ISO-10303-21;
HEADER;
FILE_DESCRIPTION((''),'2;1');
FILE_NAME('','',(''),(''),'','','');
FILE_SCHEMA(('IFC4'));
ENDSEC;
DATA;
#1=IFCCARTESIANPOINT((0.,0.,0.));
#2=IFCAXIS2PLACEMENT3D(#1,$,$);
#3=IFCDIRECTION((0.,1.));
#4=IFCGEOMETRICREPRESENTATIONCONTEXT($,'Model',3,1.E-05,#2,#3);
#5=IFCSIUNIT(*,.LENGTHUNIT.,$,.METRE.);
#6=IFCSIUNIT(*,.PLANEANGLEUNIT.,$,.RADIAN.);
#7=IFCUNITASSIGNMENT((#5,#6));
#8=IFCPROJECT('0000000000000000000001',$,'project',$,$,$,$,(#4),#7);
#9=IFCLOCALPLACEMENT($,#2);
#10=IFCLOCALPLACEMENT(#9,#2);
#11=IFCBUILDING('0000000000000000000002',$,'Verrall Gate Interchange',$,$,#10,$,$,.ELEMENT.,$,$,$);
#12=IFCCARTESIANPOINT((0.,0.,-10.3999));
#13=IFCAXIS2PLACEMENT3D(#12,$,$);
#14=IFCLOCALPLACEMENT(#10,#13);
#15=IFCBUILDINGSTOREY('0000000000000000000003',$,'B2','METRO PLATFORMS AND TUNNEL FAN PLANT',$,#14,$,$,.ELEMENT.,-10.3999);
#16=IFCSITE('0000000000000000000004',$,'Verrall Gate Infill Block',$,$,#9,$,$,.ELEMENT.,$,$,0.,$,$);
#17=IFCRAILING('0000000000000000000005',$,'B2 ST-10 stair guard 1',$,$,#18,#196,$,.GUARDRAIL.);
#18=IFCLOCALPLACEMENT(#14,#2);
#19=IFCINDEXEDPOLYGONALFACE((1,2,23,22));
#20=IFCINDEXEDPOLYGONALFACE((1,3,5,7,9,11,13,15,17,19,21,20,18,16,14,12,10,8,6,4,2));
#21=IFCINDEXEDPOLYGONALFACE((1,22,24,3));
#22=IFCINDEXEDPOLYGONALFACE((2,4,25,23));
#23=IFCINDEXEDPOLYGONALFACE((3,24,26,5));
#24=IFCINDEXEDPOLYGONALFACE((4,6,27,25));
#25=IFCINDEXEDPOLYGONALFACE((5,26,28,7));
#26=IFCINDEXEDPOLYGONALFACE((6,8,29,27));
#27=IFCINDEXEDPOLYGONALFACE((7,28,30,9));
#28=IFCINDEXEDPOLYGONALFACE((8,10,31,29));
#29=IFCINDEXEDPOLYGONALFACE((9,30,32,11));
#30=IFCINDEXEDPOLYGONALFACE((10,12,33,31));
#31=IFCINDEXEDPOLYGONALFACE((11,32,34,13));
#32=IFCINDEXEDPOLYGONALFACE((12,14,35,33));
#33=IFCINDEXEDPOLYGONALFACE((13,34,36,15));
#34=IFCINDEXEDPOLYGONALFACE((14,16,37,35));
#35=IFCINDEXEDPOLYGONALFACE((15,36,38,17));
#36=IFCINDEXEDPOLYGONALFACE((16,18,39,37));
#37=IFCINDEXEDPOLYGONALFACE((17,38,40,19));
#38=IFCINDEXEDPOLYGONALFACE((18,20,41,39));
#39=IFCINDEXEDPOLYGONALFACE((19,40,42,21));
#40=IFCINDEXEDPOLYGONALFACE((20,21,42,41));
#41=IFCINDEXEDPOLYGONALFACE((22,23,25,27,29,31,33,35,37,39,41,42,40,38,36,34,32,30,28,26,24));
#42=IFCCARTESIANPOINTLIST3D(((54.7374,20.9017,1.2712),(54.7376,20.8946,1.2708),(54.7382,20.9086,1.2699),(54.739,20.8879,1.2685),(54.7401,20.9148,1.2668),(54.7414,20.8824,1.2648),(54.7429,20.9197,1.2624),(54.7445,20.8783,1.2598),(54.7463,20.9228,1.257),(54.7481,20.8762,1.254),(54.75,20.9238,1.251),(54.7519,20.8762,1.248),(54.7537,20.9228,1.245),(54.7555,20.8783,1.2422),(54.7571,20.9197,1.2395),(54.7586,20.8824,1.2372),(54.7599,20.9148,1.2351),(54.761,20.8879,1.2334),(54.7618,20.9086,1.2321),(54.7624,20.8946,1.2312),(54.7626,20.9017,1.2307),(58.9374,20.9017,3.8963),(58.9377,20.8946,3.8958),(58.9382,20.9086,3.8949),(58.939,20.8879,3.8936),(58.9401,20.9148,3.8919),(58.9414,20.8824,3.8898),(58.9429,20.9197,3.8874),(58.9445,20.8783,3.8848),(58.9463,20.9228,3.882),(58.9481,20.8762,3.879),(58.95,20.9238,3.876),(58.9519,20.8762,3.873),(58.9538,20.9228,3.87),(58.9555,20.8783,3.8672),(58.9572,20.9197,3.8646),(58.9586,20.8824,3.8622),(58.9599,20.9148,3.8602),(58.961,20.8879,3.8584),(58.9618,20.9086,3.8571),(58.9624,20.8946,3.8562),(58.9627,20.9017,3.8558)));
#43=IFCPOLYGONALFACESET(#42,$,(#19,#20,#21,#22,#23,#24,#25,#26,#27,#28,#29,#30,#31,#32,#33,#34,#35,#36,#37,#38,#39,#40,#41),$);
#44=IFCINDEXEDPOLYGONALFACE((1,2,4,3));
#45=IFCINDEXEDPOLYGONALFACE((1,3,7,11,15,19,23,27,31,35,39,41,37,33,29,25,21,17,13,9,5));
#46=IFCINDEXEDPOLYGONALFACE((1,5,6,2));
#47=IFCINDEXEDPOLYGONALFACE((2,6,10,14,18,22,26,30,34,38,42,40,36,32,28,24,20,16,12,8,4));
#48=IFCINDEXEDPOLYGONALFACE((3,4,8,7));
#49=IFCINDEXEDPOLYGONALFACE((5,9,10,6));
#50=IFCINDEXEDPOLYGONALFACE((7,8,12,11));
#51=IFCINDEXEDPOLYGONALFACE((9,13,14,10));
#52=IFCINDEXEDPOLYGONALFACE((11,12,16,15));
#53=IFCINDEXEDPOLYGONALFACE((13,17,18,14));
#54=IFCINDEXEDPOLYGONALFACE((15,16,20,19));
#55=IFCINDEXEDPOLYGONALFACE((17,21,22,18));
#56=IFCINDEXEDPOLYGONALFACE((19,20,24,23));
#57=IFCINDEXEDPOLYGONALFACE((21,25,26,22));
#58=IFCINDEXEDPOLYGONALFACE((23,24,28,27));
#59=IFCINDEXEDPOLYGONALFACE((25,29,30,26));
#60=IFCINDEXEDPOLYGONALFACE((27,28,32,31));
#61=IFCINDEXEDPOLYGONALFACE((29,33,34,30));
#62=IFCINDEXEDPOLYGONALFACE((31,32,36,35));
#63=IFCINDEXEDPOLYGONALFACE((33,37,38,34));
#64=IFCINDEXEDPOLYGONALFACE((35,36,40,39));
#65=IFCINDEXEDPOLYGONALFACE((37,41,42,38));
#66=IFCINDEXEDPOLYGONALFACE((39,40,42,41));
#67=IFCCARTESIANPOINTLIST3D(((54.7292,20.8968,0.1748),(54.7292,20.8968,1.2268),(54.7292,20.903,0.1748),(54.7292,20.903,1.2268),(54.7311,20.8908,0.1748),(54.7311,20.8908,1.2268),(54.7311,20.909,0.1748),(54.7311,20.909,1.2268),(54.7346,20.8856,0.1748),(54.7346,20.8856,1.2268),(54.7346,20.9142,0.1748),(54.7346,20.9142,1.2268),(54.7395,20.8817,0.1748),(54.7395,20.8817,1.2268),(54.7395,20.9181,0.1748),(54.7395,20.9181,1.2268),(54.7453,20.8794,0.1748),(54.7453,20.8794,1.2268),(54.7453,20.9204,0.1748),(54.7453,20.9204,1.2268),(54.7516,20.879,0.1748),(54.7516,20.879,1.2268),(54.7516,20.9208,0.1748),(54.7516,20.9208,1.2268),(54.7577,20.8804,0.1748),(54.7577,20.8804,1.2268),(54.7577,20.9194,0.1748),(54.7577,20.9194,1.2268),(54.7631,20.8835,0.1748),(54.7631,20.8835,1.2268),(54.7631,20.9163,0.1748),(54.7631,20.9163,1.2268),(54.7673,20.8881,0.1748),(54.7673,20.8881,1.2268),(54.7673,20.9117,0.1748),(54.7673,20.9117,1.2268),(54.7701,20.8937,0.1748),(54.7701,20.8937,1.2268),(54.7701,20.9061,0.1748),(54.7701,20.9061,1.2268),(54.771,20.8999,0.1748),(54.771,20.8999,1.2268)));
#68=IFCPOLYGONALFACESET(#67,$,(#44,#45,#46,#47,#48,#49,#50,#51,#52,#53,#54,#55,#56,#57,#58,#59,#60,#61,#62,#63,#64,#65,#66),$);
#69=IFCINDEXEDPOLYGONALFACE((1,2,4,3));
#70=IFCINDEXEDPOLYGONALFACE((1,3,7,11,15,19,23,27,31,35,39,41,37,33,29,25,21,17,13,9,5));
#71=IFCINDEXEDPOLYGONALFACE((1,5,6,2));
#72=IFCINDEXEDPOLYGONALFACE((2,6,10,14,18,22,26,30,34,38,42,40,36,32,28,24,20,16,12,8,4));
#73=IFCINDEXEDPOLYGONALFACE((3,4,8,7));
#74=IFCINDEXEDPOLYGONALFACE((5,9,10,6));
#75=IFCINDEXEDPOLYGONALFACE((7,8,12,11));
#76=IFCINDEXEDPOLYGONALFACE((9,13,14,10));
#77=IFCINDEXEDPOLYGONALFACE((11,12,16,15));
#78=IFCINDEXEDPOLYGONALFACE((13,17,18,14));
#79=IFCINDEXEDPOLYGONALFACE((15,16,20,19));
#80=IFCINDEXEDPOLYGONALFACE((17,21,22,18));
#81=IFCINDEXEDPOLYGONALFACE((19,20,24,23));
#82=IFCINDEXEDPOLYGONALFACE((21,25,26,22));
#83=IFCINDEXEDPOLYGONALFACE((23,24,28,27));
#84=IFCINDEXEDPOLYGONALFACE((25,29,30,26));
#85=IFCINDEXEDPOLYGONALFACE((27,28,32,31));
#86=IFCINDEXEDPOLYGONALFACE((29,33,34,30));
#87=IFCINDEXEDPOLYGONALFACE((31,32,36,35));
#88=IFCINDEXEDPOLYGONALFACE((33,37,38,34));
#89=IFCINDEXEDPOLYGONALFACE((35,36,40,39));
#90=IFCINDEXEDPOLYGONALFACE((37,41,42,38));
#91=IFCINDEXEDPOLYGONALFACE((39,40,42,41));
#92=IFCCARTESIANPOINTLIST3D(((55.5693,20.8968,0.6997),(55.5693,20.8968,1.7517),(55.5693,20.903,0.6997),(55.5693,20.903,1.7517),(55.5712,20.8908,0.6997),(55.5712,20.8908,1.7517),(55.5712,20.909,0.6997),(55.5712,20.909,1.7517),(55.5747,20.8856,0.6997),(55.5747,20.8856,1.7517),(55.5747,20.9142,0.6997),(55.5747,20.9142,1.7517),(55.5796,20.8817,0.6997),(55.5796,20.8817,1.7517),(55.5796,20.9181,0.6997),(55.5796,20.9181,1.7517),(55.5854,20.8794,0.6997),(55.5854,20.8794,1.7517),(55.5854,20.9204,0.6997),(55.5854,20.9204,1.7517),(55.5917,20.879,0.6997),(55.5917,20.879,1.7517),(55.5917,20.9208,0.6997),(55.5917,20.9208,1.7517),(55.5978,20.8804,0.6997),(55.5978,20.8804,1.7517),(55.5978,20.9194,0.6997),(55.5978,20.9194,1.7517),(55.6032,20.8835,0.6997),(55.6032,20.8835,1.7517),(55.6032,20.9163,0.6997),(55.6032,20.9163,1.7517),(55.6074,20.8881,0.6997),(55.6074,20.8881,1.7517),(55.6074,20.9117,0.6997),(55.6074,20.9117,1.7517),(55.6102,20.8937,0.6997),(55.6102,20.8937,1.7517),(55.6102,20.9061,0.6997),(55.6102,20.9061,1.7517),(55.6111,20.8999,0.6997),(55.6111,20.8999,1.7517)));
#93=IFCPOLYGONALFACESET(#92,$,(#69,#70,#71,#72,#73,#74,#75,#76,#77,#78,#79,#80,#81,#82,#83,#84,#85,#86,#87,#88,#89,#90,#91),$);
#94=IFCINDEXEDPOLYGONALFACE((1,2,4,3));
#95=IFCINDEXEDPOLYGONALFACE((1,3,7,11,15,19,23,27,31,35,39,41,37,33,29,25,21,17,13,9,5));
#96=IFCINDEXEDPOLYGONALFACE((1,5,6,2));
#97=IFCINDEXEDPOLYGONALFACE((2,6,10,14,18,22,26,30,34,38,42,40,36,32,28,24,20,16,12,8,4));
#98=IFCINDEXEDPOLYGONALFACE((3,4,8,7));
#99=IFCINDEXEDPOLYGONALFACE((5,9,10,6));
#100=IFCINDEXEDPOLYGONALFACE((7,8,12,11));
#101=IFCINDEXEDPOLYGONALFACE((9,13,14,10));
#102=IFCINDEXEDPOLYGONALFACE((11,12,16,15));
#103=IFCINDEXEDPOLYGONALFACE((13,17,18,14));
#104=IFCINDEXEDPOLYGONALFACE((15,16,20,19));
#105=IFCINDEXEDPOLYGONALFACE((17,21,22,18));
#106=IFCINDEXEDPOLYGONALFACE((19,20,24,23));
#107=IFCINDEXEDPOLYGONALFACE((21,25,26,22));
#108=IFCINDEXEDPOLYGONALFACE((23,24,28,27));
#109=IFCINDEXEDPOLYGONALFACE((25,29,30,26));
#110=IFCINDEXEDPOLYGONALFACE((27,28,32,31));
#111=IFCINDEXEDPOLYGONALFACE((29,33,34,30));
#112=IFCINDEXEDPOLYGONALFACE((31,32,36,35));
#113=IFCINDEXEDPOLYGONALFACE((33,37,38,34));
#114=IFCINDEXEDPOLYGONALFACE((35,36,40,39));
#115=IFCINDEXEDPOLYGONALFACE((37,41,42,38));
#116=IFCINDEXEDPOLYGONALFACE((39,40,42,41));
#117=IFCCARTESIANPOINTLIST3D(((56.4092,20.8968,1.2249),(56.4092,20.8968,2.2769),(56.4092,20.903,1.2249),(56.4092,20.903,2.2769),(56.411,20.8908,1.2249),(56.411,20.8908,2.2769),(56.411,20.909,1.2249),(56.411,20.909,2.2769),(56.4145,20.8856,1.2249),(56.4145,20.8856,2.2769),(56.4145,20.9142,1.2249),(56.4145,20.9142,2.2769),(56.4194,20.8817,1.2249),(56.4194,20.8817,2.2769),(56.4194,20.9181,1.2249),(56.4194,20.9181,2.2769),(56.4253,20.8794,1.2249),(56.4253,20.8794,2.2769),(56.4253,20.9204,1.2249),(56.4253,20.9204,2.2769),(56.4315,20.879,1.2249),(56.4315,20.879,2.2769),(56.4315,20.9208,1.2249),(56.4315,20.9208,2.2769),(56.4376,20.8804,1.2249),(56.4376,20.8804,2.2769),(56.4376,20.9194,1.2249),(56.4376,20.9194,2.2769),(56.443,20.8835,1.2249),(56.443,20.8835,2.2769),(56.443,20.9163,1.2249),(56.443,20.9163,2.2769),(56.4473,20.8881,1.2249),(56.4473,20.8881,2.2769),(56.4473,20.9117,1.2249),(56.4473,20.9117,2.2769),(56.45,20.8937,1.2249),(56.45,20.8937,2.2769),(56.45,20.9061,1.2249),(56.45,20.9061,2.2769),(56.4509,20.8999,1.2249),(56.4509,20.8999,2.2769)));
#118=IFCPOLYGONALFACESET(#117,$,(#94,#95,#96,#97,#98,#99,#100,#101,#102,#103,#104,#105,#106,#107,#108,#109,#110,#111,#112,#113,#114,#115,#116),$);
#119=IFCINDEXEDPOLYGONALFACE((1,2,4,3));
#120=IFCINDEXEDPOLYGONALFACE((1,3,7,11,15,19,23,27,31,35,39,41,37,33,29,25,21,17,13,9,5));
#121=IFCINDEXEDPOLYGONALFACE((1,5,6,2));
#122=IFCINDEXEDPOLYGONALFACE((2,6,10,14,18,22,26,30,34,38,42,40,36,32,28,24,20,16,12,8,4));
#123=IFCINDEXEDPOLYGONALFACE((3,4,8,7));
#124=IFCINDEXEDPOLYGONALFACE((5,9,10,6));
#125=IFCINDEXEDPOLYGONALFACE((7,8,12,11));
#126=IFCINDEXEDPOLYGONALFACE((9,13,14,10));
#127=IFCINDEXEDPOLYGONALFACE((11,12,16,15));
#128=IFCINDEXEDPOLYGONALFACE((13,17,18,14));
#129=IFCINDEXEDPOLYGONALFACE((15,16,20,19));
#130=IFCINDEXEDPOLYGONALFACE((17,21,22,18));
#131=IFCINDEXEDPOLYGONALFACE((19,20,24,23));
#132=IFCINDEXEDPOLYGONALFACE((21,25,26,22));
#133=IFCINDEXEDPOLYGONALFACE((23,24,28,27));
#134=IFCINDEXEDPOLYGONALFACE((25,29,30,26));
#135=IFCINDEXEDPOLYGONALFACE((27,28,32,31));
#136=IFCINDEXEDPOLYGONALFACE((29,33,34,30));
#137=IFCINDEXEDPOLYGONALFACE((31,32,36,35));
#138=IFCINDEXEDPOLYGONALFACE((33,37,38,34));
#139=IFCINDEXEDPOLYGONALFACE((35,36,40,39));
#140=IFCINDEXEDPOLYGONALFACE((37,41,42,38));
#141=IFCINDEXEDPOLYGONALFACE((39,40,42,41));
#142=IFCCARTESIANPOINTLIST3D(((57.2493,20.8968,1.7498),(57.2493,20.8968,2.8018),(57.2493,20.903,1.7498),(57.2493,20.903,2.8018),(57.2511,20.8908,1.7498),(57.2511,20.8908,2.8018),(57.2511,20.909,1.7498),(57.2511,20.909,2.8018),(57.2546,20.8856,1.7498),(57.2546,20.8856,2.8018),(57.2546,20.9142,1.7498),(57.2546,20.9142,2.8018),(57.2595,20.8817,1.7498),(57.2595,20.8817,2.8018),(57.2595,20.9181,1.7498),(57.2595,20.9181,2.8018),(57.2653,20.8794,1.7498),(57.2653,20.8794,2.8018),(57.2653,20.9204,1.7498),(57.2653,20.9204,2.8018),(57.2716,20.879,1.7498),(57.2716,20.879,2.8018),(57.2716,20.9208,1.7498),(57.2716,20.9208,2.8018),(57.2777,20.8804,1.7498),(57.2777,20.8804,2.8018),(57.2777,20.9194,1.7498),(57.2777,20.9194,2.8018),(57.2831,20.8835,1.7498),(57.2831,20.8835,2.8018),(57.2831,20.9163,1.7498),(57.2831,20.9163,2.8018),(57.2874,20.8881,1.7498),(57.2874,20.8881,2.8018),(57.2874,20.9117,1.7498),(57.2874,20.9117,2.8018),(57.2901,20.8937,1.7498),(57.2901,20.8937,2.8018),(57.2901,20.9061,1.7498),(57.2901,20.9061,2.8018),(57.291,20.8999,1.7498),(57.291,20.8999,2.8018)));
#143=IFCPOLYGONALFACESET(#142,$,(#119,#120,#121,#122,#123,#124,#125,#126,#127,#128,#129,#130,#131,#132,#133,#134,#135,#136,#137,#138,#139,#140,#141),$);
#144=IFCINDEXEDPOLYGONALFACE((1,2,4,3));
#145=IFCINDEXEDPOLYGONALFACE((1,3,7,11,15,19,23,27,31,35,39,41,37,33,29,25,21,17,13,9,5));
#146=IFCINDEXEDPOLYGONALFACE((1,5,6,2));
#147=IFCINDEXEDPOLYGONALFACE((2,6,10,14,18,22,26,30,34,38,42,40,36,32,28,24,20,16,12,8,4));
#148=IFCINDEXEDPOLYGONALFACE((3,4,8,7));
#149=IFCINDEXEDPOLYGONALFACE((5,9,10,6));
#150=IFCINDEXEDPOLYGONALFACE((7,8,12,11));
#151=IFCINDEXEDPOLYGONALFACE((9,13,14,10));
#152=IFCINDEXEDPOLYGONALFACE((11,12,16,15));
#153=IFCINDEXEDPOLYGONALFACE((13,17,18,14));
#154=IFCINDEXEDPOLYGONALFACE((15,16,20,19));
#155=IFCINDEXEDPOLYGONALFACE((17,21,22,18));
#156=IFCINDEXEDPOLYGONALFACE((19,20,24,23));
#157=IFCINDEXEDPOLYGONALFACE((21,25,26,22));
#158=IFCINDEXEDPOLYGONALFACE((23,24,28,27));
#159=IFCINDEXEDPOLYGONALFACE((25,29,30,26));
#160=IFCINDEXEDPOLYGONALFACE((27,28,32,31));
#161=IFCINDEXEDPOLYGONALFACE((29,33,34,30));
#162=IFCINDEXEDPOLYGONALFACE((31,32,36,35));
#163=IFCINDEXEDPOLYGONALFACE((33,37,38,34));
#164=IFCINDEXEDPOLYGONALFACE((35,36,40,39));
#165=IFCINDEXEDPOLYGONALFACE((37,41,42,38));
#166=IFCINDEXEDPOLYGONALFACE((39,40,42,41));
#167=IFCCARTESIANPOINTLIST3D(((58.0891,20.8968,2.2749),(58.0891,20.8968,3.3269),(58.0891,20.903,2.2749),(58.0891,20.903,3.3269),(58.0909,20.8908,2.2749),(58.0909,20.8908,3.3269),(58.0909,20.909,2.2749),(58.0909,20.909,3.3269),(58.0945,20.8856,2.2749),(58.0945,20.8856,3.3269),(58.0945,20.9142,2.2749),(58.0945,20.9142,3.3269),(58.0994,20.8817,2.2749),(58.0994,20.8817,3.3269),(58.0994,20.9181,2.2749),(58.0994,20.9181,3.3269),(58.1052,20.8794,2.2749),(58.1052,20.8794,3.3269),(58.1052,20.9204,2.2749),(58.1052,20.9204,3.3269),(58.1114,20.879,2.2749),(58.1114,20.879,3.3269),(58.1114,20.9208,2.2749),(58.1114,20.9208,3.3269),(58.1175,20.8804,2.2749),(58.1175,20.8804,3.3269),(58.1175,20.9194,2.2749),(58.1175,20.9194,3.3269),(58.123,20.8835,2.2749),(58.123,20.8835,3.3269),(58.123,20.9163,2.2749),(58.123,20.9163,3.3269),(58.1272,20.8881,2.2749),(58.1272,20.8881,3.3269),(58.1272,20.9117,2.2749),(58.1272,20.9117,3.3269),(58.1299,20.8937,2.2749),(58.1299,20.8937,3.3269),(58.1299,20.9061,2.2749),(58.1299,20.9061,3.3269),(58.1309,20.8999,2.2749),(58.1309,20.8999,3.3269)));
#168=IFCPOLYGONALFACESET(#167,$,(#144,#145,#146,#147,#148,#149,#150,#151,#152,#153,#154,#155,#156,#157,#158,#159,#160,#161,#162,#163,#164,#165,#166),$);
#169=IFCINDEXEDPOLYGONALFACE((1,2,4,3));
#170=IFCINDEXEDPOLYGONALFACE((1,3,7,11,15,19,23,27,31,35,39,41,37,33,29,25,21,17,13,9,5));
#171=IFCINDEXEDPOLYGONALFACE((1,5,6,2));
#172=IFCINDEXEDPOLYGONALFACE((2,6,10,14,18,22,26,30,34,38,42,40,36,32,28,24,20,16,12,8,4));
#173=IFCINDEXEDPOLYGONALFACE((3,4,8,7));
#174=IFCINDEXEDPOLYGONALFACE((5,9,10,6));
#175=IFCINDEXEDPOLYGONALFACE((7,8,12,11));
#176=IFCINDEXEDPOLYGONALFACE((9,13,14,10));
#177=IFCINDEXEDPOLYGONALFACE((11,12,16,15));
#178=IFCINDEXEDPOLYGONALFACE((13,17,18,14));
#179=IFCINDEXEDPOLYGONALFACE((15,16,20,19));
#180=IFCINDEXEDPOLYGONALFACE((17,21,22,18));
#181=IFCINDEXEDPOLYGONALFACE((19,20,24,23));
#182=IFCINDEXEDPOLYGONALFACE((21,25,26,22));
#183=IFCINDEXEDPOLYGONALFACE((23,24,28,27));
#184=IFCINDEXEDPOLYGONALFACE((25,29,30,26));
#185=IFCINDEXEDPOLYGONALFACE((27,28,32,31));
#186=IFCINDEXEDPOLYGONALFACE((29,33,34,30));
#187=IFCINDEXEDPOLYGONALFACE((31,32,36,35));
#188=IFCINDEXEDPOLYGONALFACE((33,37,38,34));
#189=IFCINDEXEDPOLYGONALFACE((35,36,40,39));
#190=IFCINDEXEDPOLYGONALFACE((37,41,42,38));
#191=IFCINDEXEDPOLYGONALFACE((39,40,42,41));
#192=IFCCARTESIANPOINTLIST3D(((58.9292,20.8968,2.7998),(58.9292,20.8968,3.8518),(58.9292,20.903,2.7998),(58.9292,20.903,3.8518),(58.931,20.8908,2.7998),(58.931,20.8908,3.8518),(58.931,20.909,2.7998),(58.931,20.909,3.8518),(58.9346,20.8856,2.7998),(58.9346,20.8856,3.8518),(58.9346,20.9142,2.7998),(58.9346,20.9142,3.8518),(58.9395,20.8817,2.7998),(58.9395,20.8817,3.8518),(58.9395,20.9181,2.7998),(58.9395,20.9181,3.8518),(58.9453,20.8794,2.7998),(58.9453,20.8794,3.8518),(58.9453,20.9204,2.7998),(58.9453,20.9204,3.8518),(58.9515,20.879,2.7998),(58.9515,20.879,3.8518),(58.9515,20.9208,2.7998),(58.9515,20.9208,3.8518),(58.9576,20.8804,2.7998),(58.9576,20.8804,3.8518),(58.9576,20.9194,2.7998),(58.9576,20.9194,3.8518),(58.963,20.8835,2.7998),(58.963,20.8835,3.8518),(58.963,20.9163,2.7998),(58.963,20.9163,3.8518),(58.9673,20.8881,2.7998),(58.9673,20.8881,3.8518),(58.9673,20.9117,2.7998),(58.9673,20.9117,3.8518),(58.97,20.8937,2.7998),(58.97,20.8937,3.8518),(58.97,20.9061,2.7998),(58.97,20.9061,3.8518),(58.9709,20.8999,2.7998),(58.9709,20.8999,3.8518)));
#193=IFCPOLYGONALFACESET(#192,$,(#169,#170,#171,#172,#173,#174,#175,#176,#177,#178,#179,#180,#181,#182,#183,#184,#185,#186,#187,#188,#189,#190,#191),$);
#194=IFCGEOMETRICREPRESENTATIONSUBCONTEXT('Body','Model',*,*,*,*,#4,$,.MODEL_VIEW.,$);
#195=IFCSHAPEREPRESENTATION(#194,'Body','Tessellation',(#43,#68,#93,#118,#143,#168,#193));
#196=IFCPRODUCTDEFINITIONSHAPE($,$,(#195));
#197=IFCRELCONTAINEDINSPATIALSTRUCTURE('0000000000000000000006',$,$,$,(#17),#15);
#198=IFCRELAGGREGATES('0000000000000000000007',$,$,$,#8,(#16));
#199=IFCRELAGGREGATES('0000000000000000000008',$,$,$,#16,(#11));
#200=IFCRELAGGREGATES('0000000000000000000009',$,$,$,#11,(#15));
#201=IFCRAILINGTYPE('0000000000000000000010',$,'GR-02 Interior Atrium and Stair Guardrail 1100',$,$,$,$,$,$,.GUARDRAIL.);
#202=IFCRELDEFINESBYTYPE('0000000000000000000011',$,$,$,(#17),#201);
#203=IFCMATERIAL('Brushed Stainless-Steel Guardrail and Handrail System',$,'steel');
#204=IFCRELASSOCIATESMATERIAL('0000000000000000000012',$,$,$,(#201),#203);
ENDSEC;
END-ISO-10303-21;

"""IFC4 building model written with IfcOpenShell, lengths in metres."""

from ifc_helpers import new_model, si_unit, direction, frame, origin, origin_2d, place, context, subcontext, project, spatial, circle, extrude, material, type_object, element, save


model = new_model("IFC4")

# Units and contexts
model_context = context("Model", 3, precision=1e-05, world=origin(), true_north=direction((0.0, 1.0)))
body_context = subcontext(model_context, "Body", "Model", "MODEL_VIEW")
ifc_project = project(units=[si_unit("LENGTHUNIT", "METRE"), si_unit("PLANEANGLEUNIT", "RADIAN")], contexts=[model_context])

# Site, building, storey
site_placement = place(None, origin())
site = spatial("IfcSite", under=ifc_project, at=site_placement, Name="Verrall Gate Infill Block", CompositionType="ELEMENT", RefElevation=0.0)
building_placement = place(site_placement, origin())
building = spatial("IfcBuilding", under=site, at=building_placement, Name="Verrall Gate Interchange", CompositionType="ELEMENT")
storey_placement = place(building_placement, frame((0.0, 0.0, -10.3999)))
storey = spatial("IfcBuildingStorey", under=building, at=storey_placement, Name="B2", Description="METRO PLATFORMS AND TUNNEL FAN PLANT", CompositionType="ELEMENT", Elevation=-10.3999)

# Railing
ifc_material_1 = material(Name="Brushed Stainless-Steel Guardrail and Handrail System", Category="steel")
railing_type_1 = type_object("IfcRailingType", Name="GR-02 Interior Atrium and Stair Guardrail 1100", PredefinedType="GUARDRAIL", material=ifc_material_1)
railing_1_placement = place(storey_placement, frame((54.75, 20.8999, 0.1748)))
element("IfcRailing", 1, at=railing_1_placement, inside=storey, type_object=railing_type_1, Name="B2 ST-10 stair guard 1", PredefinedType="GUARDRAIL", context=body_context, shape_type="SweptSolid", body=[
    extrude(circle(Radius=0.0239, at=origin_2d()), frame((0.0, 0.0, 1.0762), z_axis=(0.847996, 0.0, 0.530003), x_axis=(0.0, 1.0, 0.0)), (0.0, 0.0, 1.0), 4.9529),
    extrude(circle(Radius=0.021, at=origin_2d()), origin(), (0.0, 0.0, 1.0), 1.052),
    extrude(circle(Radius=0.021, at=origin_2d()), frame((0.8401, 0.0, 0.5249)), (0.0, 0.0, 1.0), 1.052),
    extrude(circle(Radius=0.021, at=origin_2d()), frame((1.6799, 0.0, 1.05)), (0.0, 0.0, 1.0), 1.052),
    extrude(circle(Radius=0.021, at=origin_2d()), frame((2.52, 0.0, 1.575)), (0.0, 0.0, 1.0), 1.052),
    extrude(circle(Radius=0.021, at=origin_2d()), frame((3.3599, 0.0, 2.1001)), (0.0, 0.0, 1.0), 1.052),
    extrude(circle(Radius=0.021, at=origin_2d()), frame((4.2, 0.0, 2.625)), (0.0, 0.0, 1.0), 1.052),
])

save(model, "model.ifc")
